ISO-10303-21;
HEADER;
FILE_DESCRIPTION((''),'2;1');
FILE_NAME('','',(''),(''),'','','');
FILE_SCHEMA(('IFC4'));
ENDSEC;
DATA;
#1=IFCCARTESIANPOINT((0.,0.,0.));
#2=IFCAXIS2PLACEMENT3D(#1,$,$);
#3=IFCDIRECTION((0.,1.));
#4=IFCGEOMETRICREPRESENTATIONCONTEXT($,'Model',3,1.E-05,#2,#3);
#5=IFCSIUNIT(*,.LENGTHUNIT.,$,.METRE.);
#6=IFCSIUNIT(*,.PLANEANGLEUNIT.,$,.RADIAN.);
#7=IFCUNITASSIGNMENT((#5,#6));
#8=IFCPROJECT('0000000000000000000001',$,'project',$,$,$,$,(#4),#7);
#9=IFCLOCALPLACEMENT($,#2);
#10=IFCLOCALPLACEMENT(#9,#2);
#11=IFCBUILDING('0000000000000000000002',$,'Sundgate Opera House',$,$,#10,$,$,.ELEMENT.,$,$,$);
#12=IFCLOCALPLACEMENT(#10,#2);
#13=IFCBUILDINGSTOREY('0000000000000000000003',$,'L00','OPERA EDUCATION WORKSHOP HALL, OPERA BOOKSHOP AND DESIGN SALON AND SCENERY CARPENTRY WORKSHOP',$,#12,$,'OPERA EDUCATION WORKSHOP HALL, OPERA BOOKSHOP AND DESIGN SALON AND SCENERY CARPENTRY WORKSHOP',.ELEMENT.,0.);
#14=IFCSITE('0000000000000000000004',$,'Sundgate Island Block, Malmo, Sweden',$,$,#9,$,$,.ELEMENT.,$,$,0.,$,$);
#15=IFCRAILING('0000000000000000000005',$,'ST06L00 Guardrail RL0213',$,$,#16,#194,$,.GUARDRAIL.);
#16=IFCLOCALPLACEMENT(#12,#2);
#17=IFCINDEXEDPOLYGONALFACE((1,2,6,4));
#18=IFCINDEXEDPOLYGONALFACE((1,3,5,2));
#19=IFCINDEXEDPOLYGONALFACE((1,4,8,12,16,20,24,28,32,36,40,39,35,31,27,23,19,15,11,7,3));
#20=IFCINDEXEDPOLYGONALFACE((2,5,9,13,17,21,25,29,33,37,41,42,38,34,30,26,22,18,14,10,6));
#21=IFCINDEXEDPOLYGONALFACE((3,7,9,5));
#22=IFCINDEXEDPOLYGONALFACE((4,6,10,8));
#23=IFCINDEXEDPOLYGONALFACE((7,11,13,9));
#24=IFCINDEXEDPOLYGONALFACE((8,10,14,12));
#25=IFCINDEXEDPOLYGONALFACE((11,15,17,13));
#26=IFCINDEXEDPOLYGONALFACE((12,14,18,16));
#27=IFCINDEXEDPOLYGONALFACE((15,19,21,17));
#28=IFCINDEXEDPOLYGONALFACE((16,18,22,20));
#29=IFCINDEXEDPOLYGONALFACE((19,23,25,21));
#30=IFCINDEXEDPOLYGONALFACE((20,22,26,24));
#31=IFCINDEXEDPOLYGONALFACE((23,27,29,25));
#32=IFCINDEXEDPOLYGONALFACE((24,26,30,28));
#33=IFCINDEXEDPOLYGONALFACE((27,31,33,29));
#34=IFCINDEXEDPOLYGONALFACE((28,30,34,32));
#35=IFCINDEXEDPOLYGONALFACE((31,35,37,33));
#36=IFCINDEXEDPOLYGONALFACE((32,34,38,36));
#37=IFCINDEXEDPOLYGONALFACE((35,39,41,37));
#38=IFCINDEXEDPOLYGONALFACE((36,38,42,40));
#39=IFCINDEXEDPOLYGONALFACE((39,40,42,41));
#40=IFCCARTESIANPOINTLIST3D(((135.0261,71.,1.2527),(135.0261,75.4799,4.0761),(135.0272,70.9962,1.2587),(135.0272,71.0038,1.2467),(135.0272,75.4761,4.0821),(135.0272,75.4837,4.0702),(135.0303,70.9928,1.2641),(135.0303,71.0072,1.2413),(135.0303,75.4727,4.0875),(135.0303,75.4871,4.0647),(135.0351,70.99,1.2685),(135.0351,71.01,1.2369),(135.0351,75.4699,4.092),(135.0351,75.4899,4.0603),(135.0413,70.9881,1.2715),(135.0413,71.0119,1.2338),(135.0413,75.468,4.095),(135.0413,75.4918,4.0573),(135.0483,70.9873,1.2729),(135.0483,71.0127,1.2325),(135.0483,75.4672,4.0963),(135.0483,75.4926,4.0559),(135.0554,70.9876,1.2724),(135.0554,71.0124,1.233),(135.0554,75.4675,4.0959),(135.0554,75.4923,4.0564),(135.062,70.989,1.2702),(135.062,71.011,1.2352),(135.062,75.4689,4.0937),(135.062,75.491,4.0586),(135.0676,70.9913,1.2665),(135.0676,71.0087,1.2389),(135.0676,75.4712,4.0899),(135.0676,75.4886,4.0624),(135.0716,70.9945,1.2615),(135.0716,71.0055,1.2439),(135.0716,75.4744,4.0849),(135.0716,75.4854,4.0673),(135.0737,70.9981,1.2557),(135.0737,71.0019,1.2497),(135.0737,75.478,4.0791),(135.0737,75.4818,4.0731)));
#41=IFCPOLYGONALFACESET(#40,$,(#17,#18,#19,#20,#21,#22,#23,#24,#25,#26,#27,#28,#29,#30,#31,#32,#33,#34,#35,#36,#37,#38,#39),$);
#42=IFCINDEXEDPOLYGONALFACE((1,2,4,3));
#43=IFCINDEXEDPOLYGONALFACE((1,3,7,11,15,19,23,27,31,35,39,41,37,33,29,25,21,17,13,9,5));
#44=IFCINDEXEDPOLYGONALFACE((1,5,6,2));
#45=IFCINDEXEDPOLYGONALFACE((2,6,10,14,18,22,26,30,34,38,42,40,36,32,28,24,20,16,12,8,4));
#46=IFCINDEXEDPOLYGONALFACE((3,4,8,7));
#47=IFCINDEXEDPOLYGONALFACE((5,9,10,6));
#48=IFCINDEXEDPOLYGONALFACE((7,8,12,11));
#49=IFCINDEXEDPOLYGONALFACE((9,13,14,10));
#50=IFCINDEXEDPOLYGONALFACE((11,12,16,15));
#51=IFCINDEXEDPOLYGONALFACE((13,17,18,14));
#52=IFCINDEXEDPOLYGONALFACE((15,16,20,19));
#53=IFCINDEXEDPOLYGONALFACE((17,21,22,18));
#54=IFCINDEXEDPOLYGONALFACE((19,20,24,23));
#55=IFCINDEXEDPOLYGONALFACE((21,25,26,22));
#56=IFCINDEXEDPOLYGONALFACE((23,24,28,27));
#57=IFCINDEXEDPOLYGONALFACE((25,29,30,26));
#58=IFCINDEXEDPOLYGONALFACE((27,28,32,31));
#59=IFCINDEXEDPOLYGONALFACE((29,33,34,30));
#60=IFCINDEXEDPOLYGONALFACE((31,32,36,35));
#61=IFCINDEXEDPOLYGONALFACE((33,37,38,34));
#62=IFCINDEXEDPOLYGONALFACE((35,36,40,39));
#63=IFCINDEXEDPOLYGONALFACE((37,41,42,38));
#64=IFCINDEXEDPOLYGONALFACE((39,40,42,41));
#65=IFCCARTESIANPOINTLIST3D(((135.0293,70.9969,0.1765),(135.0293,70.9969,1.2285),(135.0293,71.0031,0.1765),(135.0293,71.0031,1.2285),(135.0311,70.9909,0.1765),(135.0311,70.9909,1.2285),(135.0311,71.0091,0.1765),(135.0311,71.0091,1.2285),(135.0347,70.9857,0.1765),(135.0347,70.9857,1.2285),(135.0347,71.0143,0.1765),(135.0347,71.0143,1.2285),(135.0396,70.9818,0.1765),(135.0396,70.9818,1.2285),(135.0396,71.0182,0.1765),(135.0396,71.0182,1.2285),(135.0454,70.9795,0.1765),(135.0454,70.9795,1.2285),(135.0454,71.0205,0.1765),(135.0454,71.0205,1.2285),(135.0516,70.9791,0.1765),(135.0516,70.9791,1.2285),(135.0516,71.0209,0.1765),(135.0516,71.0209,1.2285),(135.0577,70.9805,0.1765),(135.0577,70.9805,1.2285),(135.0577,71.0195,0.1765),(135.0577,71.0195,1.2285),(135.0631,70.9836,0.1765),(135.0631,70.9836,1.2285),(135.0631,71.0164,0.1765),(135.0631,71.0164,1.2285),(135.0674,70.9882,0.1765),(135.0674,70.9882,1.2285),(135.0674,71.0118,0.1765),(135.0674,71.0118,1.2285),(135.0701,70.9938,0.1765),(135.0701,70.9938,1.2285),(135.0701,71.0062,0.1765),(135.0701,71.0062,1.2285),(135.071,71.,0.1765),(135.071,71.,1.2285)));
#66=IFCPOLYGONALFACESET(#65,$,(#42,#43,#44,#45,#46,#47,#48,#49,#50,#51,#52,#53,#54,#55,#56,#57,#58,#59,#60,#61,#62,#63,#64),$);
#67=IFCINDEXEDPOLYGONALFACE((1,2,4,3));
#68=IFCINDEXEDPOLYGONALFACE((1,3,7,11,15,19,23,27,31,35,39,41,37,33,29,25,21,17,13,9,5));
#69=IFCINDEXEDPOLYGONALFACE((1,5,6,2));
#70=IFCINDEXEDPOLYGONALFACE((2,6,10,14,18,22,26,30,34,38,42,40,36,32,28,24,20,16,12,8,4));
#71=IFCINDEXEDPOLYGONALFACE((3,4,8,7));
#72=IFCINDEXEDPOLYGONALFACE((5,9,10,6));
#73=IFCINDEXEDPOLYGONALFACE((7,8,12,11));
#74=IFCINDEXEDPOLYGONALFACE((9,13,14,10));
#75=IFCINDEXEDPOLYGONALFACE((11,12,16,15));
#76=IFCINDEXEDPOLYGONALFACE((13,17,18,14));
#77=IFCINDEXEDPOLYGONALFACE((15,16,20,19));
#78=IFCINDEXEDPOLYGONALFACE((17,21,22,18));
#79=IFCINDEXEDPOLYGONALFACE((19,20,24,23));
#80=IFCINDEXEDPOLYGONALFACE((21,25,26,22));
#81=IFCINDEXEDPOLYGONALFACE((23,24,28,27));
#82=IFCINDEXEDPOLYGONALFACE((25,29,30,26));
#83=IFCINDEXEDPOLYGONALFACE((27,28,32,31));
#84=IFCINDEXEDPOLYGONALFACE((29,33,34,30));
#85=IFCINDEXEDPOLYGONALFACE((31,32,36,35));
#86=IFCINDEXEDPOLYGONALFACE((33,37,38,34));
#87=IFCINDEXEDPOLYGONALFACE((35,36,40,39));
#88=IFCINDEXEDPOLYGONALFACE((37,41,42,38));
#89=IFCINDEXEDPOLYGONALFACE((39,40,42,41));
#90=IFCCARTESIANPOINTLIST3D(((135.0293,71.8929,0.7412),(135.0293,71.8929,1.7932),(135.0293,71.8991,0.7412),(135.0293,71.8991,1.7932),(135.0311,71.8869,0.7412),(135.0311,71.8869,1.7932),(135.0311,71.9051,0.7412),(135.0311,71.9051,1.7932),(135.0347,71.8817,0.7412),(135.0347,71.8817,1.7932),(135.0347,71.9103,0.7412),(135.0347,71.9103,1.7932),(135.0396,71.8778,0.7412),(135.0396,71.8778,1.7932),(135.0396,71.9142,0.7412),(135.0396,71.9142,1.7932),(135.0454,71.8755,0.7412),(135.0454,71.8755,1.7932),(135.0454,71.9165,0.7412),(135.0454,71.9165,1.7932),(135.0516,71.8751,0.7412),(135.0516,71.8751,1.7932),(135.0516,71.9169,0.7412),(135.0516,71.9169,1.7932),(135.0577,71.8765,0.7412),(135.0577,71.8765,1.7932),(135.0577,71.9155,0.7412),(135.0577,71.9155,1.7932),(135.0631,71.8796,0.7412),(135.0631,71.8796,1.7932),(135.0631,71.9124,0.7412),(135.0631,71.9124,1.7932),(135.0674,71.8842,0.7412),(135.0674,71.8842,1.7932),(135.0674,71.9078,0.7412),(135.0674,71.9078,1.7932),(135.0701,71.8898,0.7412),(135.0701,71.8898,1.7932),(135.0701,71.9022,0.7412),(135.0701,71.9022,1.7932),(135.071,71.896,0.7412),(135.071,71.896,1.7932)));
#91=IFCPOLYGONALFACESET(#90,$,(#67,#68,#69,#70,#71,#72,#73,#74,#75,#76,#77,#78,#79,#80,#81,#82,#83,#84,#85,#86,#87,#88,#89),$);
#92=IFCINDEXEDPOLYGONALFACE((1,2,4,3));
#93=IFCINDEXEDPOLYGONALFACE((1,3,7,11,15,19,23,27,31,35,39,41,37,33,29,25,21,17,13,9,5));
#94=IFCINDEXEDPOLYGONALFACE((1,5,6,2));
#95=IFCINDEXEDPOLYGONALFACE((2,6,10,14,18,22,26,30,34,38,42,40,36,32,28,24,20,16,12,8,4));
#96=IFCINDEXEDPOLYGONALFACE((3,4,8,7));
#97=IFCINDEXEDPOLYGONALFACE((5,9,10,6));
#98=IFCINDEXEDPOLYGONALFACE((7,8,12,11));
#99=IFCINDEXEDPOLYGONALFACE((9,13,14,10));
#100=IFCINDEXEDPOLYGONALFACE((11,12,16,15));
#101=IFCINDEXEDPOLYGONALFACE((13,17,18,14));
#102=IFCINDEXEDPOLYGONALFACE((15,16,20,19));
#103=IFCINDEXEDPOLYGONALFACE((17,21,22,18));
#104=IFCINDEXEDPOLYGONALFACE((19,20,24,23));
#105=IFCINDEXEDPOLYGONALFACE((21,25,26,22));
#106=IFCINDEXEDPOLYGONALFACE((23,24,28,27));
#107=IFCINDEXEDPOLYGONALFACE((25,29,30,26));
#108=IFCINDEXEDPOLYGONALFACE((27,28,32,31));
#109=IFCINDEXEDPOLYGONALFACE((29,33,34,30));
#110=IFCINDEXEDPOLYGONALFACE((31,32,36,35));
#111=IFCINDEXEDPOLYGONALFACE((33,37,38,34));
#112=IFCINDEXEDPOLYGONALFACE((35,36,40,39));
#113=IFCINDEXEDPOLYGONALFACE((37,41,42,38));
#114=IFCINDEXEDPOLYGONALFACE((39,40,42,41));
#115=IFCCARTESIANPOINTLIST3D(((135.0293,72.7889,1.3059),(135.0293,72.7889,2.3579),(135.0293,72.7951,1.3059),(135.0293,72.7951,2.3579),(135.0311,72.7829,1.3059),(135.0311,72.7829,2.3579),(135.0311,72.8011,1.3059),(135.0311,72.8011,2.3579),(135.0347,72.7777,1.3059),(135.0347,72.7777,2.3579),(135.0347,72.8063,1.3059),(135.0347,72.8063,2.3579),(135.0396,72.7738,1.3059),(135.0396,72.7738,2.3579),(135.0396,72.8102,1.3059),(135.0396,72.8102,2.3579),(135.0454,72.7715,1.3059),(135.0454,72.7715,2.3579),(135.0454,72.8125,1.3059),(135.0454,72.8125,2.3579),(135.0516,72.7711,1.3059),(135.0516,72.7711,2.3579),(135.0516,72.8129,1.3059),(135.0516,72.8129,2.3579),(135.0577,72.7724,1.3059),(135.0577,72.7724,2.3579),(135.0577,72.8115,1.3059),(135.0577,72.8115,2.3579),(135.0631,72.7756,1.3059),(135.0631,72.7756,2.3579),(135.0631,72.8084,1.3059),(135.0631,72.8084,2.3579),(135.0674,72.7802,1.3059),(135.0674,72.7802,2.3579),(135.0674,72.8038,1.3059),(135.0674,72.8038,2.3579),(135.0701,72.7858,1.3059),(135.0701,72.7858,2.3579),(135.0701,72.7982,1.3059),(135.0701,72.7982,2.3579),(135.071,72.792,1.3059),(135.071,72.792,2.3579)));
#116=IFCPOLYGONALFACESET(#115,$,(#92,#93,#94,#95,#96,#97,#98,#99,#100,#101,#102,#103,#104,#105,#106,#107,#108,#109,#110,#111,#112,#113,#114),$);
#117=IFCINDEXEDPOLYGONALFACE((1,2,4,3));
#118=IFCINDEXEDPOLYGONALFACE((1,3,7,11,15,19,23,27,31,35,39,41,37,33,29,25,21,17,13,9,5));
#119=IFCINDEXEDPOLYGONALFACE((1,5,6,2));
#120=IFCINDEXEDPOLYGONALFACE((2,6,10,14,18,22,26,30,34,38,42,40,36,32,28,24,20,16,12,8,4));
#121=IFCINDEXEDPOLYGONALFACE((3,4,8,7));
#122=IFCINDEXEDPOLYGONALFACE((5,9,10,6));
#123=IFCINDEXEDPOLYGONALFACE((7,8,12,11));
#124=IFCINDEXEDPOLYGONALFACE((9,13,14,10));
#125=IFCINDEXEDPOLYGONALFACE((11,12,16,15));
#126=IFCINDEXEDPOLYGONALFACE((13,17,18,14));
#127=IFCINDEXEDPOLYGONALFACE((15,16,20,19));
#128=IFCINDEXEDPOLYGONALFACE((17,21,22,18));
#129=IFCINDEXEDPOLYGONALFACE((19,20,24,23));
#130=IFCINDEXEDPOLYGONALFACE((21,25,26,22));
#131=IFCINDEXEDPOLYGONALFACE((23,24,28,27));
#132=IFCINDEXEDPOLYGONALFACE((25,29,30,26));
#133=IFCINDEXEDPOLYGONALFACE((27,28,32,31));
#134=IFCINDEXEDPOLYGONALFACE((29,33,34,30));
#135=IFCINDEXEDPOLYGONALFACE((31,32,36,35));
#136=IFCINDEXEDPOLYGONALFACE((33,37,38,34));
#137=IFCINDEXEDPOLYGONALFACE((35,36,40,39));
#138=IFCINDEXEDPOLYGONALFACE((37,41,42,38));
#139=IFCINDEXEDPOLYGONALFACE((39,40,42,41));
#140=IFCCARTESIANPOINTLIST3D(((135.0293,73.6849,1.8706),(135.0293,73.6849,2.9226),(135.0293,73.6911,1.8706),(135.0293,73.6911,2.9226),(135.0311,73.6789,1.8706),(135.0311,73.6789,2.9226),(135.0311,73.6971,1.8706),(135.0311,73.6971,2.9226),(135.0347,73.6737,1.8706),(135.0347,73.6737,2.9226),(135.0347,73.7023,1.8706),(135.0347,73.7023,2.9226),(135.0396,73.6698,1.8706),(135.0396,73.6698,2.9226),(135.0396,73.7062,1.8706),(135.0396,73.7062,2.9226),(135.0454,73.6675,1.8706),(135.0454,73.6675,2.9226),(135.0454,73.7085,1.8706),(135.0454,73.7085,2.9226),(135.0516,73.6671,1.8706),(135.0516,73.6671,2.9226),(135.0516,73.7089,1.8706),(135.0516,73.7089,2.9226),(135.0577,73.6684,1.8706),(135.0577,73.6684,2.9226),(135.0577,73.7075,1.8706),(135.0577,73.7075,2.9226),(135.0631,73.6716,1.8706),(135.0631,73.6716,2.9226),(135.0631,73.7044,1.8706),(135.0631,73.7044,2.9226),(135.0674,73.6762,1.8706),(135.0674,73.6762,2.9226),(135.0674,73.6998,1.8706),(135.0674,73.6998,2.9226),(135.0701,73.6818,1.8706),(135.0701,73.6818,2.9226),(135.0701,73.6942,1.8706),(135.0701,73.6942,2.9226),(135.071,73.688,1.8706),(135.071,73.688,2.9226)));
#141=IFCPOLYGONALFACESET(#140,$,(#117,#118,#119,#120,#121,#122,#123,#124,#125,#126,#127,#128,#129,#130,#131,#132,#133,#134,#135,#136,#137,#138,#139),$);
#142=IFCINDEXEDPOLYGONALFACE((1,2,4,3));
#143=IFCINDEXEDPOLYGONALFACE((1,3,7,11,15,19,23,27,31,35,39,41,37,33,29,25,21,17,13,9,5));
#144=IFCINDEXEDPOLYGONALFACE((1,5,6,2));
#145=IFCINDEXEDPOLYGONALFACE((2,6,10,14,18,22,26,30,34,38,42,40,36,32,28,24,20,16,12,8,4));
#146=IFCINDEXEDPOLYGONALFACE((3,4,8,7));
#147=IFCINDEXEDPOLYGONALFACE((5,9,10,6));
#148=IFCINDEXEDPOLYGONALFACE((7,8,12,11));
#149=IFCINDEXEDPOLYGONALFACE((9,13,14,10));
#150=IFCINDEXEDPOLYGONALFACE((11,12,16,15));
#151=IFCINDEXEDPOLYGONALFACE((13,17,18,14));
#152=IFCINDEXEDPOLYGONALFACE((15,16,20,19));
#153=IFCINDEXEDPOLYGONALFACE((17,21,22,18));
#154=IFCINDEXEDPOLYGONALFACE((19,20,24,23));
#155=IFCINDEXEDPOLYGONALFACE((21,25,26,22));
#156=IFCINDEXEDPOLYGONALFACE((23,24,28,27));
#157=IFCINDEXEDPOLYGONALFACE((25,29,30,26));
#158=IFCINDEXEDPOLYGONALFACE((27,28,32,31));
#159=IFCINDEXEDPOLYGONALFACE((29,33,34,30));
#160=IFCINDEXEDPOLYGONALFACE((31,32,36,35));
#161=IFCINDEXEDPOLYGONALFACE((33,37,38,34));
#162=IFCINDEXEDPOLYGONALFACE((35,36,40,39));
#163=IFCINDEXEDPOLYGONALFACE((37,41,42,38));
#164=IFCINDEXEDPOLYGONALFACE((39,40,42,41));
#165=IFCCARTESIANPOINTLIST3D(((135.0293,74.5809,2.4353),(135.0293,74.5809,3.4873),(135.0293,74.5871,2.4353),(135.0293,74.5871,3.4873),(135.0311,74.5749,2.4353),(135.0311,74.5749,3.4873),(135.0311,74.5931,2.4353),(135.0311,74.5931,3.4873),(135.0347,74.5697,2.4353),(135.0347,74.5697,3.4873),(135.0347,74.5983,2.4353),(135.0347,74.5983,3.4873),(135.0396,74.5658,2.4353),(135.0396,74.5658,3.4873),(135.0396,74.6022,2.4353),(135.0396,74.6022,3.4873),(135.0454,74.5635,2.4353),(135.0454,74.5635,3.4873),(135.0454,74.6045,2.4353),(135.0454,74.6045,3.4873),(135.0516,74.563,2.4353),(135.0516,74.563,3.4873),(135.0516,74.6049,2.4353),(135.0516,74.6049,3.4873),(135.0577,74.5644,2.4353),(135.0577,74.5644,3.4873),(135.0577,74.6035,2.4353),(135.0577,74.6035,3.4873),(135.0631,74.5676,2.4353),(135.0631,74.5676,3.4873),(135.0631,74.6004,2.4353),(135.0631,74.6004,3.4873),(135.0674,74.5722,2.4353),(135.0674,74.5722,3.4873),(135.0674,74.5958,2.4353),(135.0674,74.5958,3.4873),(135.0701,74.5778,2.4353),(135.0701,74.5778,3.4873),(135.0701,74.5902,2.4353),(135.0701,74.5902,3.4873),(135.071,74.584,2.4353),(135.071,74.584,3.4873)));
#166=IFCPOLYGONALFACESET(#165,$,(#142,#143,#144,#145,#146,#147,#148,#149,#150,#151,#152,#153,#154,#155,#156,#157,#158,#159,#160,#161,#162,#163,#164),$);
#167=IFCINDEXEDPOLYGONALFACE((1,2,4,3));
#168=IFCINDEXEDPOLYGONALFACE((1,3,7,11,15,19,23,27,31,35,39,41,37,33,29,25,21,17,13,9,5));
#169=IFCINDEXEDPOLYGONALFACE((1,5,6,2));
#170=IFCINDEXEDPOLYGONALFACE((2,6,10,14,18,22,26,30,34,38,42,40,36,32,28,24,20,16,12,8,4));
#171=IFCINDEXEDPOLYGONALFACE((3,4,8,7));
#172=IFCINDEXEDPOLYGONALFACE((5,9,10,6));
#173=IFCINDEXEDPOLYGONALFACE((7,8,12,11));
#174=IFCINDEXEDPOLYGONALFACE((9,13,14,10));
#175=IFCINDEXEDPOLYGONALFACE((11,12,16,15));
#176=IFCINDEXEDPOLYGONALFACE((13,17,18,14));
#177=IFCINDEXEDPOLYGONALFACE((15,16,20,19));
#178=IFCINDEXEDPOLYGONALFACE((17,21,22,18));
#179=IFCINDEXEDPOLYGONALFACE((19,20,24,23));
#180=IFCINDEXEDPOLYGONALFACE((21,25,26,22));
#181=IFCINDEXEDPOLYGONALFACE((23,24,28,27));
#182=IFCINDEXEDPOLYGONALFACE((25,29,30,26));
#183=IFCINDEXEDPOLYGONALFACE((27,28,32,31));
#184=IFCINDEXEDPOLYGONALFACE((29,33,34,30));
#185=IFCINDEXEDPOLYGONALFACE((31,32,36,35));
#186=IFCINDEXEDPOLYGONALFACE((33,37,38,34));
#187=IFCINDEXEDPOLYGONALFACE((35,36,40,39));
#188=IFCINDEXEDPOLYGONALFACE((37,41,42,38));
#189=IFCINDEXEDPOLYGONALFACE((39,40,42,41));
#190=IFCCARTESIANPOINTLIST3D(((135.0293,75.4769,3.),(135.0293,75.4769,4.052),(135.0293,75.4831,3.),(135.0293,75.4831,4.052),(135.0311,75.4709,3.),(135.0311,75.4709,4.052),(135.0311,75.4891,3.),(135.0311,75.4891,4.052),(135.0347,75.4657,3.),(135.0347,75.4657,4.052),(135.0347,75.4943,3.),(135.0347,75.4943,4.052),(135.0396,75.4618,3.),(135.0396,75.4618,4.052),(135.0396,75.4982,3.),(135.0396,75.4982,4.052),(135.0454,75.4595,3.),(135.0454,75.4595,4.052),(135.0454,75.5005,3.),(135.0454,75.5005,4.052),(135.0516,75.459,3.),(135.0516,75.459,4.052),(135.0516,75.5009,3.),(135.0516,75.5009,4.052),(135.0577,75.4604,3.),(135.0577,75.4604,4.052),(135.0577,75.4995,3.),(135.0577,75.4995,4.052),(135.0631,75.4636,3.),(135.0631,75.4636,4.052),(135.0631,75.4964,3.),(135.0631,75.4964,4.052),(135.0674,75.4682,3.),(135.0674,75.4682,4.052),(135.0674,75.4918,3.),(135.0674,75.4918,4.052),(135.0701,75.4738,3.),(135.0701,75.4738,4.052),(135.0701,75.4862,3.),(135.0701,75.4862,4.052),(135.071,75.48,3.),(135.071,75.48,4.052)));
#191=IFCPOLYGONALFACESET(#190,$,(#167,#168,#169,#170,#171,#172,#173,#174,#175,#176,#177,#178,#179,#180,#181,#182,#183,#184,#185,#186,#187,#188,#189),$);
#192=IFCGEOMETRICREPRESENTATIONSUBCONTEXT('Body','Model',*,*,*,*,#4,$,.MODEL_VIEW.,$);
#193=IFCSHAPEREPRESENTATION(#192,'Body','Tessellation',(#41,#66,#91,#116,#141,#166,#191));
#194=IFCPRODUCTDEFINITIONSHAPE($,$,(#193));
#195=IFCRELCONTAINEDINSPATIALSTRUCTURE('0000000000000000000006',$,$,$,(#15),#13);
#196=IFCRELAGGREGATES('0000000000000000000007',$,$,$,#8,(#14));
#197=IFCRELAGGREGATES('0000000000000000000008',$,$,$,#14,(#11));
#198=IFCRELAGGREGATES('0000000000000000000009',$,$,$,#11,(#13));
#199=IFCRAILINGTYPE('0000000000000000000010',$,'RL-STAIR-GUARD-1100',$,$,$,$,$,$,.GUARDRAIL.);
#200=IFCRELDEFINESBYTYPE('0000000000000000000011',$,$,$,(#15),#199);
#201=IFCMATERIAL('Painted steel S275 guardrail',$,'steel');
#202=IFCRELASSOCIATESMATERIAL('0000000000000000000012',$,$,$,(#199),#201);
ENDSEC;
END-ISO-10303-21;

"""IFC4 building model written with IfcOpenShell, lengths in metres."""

from ifc_helpers import new_model, si_unit, direction, frame, origin, origin_2d, place, context, subcontext, project, spatial, circle, extrude, material, type_object, element, save


model = new_model("IFC4")

# Units and contexts
model_context = context("Model", 3, precision=1e-05, world=origin(), true_north=direction((0.0, 1.0)))
body_context = subcontext(model_context, "Body", "Model", "MODEL_VIEW")
ifc_project = project(units=[si_unit("LENGTHUNIT", "METRE"), si_unit("PLANEANGLEUNIT", "RADIAN")], contexts=[model_context])

# Site, building, storey
site_placement = place(None, origin())
site = spatial("IfcSite", under=ifc_project, at=site_placement, Name="Sundgate Island Block, Malmo, Sweden", CompositionType="ELEMENT", RefElevation=0.0)
building_placement = place(site_placement, origin())
building = spatial("IfcBuilding", under=site, at=building_placement, Name="Sundgate Opera House", CompositionType="ELEMENT")
storey_placement = place(building_placement, origin())
storey = spatial("IfcBuildingStorey", under=building, at=storey_placement, Name="L00", Description="OPERA EDUCATION WORKSHOP HALL, OPERA BOOKSHOP AND DESIGN SALON AND SCENERY CARPENTRY WORKSHOP", LongName="OPERA EDUCATION WORKSHOP HALL, OPERA BOOKSHOP AND DESIGN SALON AND SCENERY CARPENTRY WORKSHOP", CompositionType="ELEMENT", Elevation=0.0)

# Railing
ifc_material_1 = material(Name="Painted steel S275 guardrail", Category="steel")
railing_type_1 = type_object("IfcRailingType", Name="RL-STAIR-GUARD-1100", PredefinedType="GUARDRAIL", material=ifc_material_1)
railing_1_placement = place(storey_placement, frame((135.05, 71.0, 0.1765)))
element("IfcRailing", 1, at=railing_1_placement, inside=storey, type_object=railing_type_1, Name="ST06L00 Guardrail RL0213", PredefinedType="GUARDRAIL", context=body_context, shape_type="SweptSolid", body=[
    extrude(circle(Radius=0.0239, at=origin_2d()), frame((0.0, 0.0, 1.0762), z_axis=(0.0, 0.845998, 0.533186), x_axis=(-1.0, 0.0, 0.0)), (0.0, 0.0, 1.0), 5.2954),
    extrude(circle(Radius=0.021, at=origin_2d()), origin(), (0.0, 0.0, 1.0), 1.052),
    extrude(circle(Radius=0.021, at=origin_2d()), frame((0.0, 0.896, 0.5647)), (0.0, 0.0, 1.0), 1.052),
    extrude(circle(Radius=0.021, at=origin_2d()), frame((0.0, 1.792, 1.1294)), (0.0, 0.0, 1.0), 1.052),
    extrude(circle(Radius=0.021, at=origin_2d()), frame((0.0, 2.688, 1.6941)), (0.0, 0.0, 1.0), 1.052),
    extrude(circle(Radius=0.021, at=origin_2d()), frame((0.0, 3.584, 2.2588)), (0.0, 0.0, 1.0), 1.052),
    extrude(circle(Radius=0.021, at=origin_2d()), frame((0.0, 4.48, 2.8235)), (0.0, 0.0, 1.0), 1.052),
])

save(model, "model.ifc")
